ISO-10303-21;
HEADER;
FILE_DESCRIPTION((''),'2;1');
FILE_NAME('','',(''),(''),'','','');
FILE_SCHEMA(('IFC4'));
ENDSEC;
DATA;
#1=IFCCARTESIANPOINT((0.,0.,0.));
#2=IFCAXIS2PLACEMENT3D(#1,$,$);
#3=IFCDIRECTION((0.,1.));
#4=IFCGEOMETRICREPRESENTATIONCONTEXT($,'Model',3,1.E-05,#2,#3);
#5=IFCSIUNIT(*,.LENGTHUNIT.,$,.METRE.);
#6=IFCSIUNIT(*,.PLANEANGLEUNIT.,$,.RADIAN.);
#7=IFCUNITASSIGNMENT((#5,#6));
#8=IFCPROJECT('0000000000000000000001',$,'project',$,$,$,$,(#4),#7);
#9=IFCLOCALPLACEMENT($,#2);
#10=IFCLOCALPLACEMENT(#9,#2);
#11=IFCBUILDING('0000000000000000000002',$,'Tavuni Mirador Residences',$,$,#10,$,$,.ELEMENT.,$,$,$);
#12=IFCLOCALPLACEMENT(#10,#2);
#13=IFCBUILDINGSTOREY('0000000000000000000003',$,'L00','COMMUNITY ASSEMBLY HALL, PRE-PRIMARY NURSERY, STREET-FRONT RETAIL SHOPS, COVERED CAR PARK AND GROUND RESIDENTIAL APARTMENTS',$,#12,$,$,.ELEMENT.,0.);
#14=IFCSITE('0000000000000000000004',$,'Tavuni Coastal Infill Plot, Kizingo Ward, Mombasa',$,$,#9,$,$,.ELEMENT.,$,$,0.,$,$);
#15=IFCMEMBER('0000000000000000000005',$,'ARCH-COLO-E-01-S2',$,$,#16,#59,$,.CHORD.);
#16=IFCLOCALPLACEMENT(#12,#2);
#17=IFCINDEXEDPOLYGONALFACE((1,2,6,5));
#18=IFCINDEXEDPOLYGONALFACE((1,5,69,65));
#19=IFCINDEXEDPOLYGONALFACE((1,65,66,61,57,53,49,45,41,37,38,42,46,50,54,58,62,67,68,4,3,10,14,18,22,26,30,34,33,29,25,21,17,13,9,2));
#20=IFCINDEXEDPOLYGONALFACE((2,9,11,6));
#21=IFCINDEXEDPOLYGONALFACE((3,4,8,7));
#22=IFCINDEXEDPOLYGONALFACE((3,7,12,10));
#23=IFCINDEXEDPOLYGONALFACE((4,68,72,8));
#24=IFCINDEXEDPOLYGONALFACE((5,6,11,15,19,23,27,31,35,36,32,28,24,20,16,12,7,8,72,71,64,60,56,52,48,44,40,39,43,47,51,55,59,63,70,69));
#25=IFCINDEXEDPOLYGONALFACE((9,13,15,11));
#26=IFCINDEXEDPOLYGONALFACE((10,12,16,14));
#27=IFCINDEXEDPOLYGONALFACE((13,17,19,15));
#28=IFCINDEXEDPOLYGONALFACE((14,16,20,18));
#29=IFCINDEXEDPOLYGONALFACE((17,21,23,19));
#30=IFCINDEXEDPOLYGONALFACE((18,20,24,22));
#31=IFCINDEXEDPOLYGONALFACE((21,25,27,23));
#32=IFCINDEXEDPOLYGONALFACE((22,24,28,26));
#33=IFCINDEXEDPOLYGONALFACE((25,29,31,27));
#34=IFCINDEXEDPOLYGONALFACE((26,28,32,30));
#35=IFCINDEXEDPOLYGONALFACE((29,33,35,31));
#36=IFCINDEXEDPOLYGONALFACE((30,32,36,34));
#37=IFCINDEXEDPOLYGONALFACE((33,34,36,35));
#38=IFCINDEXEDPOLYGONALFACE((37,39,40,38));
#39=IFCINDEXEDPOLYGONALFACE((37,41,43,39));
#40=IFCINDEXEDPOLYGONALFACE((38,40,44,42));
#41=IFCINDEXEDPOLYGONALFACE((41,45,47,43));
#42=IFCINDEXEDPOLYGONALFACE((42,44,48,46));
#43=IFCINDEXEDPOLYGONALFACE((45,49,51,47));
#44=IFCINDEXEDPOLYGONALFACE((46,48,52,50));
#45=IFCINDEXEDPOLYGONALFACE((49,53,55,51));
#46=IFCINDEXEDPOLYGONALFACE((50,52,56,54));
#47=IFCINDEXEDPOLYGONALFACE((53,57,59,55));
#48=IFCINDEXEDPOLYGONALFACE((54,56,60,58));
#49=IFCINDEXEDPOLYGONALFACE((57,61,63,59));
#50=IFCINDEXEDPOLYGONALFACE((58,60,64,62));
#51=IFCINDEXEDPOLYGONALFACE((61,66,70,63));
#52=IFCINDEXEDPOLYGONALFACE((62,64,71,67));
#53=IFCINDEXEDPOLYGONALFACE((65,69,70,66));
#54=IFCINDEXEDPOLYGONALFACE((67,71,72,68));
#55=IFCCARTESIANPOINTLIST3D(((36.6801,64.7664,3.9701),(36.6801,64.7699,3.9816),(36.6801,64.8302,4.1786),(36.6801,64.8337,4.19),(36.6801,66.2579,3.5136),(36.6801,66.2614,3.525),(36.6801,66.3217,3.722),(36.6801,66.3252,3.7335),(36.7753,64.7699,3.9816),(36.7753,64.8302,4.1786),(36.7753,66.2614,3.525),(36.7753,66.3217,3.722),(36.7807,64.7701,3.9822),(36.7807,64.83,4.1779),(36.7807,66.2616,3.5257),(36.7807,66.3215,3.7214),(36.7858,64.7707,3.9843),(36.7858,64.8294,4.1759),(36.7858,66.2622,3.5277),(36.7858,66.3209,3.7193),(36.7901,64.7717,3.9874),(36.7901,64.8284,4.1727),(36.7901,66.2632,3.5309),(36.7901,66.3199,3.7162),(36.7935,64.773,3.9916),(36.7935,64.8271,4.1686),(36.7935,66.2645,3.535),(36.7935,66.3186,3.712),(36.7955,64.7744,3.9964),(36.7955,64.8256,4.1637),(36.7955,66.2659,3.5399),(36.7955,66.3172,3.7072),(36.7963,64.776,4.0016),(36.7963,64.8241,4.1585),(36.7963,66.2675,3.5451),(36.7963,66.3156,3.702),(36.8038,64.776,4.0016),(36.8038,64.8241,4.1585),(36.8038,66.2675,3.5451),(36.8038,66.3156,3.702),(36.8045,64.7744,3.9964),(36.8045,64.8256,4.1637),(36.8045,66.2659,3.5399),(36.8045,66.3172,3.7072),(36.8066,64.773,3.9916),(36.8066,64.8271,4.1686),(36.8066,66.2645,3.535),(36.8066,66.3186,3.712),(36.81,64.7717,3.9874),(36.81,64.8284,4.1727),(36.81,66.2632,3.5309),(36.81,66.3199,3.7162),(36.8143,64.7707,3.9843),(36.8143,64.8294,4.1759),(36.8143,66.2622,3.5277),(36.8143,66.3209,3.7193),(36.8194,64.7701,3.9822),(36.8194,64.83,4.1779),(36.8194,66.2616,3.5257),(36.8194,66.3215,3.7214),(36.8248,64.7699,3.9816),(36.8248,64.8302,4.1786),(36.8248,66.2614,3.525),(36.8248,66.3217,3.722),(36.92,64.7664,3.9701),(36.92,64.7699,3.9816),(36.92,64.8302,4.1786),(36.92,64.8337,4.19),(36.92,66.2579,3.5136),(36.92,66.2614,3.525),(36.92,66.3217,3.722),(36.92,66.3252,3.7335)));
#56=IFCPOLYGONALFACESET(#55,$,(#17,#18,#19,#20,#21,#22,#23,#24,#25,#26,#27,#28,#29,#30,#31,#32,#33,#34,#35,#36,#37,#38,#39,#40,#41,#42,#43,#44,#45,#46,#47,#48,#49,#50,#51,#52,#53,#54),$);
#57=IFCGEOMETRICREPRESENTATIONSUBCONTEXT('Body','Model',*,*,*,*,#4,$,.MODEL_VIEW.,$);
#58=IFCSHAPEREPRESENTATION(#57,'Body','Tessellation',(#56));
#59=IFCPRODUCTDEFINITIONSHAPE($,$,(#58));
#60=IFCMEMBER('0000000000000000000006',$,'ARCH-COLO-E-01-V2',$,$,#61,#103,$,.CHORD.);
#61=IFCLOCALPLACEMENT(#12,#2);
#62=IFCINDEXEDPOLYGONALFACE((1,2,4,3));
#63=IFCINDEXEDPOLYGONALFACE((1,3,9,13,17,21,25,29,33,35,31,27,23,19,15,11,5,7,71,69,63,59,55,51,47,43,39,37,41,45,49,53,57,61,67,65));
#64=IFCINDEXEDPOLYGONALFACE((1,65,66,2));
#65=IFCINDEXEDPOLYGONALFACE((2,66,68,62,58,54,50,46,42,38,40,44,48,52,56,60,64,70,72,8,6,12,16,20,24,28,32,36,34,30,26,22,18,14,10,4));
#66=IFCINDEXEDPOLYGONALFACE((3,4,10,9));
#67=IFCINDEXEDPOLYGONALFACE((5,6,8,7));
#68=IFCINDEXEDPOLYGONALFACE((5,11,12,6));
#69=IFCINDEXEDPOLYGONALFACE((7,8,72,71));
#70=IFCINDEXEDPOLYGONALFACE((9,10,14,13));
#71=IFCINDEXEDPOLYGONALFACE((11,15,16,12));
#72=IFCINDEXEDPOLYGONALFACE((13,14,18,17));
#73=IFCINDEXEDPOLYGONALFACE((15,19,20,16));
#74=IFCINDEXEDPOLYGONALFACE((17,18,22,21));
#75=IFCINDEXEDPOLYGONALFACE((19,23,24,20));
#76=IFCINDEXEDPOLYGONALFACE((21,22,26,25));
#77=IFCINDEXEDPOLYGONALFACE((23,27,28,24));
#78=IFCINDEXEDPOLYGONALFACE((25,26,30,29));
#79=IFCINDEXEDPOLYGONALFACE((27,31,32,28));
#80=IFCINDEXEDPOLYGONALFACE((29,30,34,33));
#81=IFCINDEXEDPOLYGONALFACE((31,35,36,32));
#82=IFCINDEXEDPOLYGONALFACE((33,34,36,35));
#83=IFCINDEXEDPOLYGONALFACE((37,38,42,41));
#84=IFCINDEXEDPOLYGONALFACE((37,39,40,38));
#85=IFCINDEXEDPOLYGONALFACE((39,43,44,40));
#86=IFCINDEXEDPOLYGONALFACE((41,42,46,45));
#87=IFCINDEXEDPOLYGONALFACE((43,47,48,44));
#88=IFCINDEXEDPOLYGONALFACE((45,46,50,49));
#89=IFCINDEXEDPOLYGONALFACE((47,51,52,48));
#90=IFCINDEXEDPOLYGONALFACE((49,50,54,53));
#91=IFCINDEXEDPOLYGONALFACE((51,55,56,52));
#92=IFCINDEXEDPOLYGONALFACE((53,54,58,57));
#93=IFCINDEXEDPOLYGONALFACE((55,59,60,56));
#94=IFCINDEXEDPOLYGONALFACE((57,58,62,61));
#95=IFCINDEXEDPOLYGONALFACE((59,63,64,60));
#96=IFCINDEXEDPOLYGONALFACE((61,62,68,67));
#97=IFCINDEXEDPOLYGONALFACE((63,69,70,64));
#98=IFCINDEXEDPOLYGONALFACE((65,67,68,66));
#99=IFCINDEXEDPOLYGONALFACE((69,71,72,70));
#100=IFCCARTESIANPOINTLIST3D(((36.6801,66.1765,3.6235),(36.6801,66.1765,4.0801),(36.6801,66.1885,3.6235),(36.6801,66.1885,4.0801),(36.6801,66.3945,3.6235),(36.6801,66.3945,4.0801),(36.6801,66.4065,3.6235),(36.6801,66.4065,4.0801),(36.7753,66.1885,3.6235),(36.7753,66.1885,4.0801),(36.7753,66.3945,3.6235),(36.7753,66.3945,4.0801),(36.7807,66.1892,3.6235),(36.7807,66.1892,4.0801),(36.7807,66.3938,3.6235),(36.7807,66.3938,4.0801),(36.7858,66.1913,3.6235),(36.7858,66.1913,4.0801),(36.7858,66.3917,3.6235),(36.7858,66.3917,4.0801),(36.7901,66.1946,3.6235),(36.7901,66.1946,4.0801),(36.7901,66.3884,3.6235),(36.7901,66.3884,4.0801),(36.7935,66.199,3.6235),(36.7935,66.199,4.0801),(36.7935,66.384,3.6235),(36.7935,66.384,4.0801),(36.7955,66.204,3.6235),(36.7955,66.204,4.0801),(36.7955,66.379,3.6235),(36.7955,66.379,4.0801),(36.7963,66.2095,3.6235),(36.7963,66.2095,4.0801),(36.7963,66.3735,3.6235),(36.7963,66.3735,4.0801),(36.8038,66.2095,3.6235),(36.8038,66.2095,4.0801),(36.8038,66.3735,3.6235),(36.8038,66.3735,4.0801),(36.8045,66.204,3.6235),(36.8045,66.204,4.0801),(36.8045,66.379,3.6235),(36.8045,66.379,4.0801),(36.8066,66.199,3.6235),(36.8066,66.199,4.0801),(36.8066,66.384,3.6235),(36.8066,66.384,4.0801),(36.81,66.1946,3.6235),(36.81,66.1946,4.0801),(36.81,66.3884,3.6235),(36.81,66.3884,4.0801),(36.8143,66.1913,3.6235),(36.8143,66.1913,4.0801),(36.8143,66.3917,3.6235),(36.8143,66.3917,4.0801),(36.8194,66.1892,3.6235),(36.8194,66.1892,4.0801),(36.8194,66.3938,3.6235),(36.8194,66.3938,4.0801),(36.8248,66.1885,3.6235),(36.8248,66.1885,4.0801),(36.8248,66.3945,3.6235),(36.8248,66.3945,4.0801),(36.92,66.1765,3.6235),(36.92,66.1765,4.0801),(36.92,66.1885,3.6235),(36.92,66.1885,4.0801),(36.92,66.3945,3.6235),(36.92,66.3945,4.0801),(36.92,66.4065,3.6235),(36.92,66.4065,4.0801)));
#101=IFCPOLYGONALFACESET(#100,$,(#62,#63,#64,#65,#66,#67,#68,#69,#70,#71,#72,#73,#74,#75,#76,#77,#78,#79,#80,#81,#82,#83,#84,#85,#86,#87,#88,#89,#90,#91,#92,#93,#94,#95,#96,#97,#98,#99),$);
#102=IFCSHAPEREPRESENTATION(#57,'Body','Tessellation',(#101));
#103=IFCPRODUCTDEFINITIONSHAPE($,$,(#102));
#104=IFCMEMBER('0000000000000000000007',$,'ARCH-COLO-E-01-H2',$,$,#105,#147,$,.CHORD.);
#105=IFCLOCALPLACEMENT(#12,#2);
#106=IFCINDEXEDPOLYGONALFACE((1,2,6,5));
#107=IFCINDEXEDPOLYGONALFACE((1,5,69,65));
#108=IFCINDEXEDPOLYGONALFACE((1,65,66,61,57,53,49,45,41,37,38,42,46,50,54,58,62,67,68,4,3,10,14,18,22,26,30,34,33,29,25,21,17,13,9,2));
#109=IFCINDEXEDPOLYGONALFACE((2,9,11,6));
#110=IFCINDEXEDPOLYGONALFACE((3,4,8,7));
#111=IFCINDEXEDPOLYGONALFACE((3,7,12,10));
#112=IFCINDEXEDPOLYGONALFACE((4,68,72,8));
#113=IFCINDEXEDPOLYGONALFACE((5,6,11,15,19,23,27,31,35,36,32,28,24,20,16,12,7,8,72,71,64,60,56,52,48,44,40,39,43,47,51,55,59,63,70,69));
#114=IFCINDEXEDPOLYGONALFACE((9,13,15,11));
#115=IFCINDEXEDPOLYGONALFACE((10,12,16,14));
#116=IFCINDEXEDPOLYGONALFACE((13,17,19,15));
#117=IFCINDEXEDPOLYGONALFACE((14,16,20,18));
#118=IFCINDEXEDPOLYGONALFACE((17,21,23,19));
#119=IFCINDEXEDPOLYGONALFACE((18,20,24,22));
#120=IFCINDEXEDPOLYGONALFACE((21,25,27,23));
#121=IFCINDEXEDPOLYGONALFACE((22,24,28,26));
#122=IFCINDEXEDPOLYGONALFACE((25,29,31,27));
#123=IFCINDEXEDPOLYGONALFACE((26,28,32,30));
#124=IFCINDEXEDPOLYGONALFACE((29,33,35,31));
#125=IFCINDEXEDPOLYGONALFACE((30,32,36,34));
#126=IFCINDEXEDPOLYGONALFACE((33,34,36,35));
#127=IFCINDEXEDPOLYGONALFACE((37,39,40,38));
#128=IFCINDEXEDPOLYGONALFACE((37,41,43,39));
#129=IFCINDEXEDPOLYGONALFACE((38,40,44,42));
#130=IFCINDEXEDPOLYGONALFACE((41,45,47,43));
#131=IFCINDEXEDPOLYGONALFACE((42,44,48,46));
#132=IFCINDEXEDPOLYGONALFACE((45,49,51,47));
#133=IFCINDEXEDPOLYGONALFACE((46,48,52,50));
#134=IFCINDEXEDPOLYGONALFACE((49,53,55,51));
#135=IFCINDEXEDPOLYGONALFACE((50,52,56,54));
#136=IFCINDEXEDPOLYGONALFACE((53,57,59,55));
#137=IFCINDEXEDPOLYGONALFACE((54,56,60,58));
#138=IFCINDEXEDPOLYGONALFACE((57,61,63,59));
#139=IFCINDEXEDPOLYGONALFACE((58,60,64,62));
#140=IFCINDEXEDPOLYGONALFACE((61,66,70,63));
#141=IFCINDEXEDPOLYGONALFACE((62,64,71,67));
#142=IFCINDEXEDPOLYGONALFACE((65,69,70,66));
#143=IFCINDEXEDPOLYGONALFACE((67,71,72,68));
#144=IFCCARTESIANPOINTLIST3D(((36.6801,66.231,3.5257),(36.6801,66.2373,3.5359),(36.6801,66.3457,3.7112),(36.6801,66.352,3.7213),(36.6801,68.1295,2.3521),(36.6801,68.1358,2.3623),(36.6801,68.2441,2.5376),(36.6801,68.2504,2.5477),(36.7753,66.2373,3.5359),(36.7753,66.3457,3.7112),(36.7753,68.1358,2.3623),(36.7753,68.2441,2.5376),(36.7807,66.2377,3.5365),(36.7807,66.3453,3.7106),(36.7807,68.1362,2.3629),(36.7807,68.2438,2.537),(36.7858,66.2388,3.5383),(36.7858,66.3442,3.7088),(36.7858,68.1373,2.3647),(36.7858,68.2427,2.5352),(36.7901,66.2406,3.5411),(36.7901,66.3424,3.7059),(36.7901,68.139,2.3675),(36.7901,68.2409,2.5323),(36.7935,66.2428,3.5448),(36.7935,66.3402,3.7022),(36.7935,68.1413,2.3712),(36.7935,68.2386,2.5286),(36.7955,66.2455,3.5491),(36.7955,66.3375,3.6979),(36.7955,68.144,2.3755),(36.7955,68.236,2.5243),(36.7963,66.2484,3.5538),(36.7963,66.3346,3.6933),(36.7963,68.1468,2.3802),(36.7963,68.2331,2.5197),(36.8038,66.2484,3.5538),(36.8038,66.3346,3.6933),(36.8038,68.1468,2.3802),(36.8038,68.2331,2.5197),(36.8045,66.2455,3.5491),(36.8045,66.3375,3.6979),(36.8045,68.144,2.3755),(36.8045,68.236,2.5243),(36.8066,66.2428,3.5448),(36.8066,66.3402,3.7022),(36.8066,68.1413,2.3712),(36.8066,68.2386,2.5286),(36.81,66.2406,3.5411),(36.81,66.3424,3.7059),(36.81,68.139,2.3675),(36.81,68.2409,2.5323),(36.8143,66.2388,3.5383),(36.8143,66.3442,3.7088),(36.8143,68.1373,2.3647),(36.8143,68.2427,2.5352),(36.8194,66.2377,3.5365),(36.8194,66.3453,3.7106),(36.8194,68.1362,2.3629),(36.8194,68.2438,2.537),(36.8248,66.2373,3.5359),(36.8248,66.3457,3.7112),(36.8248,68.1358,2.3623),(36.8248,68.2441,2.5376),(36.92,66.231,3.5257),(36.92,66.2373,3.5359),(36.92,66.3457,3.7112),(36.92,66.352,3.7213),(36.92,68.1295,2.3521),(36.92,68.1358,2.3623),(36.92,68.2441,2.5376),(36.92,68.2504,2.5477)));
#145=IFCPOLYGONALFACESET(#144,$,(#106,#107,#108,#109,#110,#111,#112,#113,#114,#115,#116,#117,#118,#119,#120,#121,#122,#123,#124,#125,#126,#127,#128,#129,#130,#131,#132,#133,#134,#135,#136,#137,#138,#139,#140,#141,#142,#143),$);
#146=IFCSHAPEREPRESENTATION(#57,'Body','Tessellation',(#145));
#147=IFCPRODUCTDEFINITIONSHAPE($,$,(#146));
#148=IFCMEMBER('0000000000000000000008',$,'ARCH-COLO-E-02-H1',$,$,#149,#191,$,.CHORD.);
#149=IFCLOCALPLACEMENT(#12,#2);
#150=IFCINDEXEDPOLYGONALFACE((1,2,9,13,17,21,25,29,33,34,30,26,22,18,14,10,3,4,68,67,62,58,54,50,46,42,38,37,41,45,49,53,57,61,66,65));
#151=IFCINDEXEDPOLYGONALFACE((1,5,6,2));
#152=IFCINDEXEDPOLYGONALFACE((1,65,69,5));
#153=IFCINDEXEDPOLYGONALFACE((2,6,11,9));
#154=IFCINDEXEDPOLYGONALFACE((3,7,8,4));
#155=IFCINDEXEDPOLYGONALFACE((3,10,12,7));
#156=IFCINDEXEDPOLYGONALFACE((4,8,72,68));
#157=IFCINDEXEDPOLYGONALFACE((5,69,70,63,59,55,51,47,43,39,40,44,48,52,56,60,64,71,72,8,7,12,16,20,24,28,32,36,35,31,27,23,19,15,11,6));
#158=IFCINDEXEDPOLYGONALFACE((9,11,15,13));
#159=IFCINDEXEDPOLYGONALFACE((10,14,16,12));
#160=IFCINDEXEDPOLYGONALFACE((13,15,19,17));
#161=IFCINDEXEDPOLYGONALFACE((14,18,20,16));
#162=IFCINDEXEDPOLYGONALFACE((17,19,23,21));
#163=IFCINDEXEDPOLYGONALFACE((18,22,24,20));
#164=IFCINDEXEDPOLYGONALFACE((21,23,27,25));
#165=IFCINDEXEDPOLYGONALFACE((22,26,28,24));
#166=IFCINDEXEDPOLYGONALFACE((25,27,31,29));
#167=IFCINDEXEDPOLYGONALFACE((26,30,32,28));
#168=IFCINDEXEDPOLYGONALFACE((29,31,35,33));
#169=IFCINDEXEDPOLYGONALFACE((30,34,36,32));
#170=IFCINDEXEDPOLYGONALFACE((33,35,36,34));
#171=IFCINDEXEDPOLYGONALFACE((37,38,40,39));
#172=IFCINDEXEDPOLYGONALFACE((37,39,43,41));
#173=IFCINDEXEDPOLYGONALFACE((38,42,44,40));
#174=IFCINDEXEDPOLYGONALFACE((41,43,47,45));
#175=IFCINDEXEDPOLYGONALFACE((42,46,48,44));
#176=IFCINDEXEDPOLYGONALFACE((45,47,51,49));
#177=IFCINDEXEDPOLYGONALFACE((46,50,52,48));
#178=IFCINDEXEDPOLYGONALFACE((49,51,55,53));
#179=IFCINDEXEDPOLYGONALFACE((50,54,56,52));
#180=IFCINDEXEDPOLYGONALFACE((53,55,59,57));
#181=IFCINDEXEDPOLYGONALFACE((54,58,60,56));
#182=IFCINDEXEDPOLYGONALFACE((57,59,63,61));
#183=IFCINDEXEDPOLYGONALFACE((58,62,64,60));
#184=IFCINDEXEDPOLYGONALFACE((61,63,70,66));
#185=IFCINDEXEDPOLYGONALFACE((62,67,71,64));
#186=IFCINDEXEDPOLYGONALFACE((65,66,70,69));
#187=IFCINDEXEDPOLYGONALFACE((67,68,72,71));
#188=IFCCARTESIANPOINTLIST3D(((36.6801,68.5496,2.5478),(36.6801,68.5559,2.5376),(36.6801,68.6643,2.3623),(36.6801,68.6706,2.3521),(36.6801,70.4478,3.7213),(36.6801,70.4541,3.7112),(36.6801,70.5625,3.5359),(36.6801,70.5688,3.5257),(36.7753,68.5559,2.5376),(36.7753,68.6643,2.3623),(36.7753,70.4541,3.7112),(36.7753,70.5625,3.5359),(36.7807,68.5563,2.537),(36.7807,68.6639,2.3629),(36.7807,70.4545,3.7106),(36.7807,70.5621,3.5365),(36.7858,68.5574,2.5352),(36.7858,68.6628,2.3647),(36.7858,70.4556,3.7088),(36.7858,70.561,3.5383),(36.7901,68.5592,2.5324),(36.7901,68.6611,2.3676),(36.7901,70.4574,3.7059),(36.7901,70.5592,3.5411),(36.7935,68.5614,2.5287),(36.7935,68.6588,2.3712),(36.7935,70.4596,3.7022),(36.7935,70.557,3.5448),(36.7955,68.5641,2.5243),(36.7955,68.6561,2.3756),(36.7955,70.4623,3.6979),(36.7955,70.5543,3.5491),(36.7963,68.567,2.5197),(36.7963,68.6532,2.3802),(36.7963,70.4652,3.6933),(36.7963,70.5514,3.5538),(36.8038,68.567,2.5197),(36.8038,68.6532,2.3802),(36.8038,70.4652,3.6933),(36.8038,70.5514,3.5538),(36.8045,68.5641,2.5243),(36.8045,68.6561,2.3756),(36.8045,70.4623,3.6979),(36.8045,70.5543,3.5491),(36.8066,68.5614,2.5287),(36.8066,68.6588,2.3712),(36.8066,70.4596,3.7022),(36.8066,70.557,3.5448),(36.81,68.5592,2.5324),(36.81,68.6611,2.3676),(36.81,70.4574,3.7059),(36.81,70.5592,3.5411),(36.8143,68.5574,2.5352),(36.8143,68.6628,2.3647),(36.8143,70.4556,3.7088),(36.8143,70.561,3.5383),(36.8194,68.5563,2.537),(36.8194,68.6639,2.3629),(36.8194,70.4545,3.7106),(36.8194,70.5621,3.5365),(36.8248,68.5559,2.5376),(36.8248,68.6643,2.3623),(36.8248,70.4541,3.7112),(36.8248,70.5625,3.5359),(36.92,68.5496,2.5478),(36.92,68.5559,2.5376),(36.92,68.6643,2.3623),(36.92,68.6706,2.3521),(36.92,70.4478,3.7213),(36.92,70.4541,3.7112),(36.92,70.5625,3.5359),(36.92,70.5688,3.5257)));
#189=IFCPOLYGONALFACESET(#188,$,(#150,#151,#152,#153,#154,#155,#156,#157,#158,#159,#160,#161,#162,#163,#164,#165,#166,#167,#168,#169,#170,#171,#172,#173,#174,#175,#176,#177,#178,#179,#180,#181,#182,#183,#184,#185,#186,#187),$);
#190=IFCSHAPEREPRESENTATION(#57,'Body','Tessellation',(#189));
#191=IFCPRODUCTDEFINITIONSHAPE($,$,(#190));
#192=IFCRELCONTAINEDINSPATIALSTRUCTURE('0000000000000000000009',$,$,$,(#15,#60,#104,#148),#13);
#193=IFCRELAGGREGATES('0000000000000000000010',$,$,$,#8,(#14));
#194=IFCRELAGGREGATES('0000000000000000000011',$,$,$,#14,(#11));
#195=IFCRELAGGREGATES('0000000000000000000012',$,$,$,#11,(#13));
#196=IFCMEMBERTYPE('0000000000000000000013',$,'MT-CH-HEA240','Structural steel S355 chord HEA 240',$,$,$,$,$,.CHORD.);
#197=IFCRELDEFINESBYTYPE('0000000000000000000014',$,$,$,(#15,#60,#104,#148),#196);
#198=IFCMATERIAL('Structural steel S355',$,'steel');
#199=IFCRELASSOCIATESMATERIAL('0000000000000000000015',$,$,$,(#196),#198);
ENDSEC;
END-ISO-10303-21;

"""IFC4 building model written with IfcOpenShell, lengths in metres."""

from ifc_helpers import new_model, si_unit, direction, frame, origin, origin_2d, place, context, subcontext, project, spatial, i_section, extrude, material, material_profile, profile_set, type_object, element, save


model = new_model("IFC4")

# Units and contexts
model_context = context("Model", 3, precision=1e-05, world=origin(), true_north=direction((0.0, 1.0)))
body_context = subcontext(model_context, "Body", "Model", "MODEL_VIEW")
ifc_project = project(units=[si_unit("LENGTHUNIT", "METRE"), si_unit("PLANEANGLEUNIT", "RADIAN")], contexts=[model_context])

# Site, building, storey
site_placement = place(None, origin())
site = spatial("IfcSite", under=ifc_project, at=site_placement, Name="Tavuni Coastal Infill Plot, Kizingo Ward, Mombasa", CompositionType="ELEMENT", RefElevation=0.0)
building_placement = place(site_placement, origin())
building = spatial("IfcBuilding", under=site, at=building_placement, Name="Tavuni Mirador Residences", CompositionType="ELEMENT")
storey_placement = place(building_placement, origin())
storey = spatial("IfcBuildingStorey", under=building, at=storey_placement, Name="L00", Description="COMMUNITY ASSEMBLY HALL, PRE-PRIMARY NURSERY, STREET-FRONT RETAIL SHOPS, COVERED CAR PARK AND GROUND RESIDENTIAL APARTMENTS", CompositionType="ELEMENT", Elevation=0.0)

# Shared definitions
ifc_material_1 = material(Name="Structural steel S355", Category="steel")

# Members
ifc_material_profile_1 = material_profile(ifc_material_1, i_section(OverallWidth=0.24, OverallDepth=0.23, WebThickness=0.0076, FlangeThickness=0.012, FilletRadius=0.021, at=origin_2d()), Name="HEA 240", Category="steel")
ifc_profile_set_1 = profile_set([ifc_material_profile_1], Name="Structural steel S355")
member_type = type_object("IfcMemberType", Name="MT-CH-HEA240", Description="Structural steel S355 chord HEA 240", PredefinedType="CHORD", material=ifc_profile_set_1)
member_1_placement = place(storey_placement, frame((36.8, 64.8, 4.0801), z_axis=(0.0, 0.956204, -0.2927), x_axis=(-1.0, 0.0, 0.0)))
element("IfcMember", 1, at=member_1_placement, inside=storey, type_object=member_type, Name="ARCH-COLO-E-01-S2", PredefinedType="CHORD", context=body_context, shape_type="SweptSolid", body=[
    extrude(i_section(OverallWidth=0.24, OverallDepth=0.23, WebThickness=0.0076, FlangeThickness=0.012, FilletRadius=0.021, at=origin_2d()), origin(), (0.0, 0.0, 1.0), 1.5598),
])
member_2_placement = place(storey_placement, frame((36.8, 66.2915, 3.6235), z_axis=(0.0, 0.0, 1.0), x_axis=(1.0, 0.0, 0.0)))
element("IfcMember", 2, at=member_2_placement, inside=storey, type_object=member_type, Name="ARCH-COLO-E-01-V2", PredefinedType="CHORD", context=body_context, shape_type="SweptSolid", body=[
    extrude(i_section(OverallWidth=0.24, OverallDepth=0.23, WebThickness=0.0076, FlangeThickness=0.012, FilletRadius=0.021, at=origin_2d()), origin(), (0.0, 0.0, 1.0), 0.4565),
])
member_3_placement = place(storey_placement, frame((36.8, 66.2915, 3.6235), z_axis=(0.0, 0.850594, -0.525824), x_axis=(-1.0, 0.0, 0.0)))
element("IfcMember", 3, at=member_3_placement, inside=storey, type_object=member_type, Name="ARCH-COLO-E-01-H2", PredefinedType="CHORD", context=body_context, shape_type="SweptSolid", body=[
    extrude(i_section(OverallWidth=0.24, OverallDepth=0.23, WebThickness=0.0076, FlangeThickness=0.012, FilletRadius=0.021, at=origin_2d()), origin(), (0.0, 0.0, 1.0), 2.2319),
])
member_4_placement = place(storey_placement, frame((36.8, 68.6101, 2.45), z_axis=(0.0, 0.850563, 0.525872), x_axis=(-1.0, 0.0, 0.0)))
element("IfcMember", 4, at=member_4_placement, inside=storey, type_object=member_type, Name="ARCH-COLO-E-02-H1", PredefinedType="CHORD", context=body_context, shape_type="SweptSolid", body=[
    extrude(i_section(OverallWidth=0.24, OverallDepth=0.23, WebThickness=0.0076, FlangeThickness=0.012, FilletRadius=0.021, at=origin_2d()), origin(), (0.0, 0.0, 1.0), 2.2317),
])

save(model, "model.ifc")
